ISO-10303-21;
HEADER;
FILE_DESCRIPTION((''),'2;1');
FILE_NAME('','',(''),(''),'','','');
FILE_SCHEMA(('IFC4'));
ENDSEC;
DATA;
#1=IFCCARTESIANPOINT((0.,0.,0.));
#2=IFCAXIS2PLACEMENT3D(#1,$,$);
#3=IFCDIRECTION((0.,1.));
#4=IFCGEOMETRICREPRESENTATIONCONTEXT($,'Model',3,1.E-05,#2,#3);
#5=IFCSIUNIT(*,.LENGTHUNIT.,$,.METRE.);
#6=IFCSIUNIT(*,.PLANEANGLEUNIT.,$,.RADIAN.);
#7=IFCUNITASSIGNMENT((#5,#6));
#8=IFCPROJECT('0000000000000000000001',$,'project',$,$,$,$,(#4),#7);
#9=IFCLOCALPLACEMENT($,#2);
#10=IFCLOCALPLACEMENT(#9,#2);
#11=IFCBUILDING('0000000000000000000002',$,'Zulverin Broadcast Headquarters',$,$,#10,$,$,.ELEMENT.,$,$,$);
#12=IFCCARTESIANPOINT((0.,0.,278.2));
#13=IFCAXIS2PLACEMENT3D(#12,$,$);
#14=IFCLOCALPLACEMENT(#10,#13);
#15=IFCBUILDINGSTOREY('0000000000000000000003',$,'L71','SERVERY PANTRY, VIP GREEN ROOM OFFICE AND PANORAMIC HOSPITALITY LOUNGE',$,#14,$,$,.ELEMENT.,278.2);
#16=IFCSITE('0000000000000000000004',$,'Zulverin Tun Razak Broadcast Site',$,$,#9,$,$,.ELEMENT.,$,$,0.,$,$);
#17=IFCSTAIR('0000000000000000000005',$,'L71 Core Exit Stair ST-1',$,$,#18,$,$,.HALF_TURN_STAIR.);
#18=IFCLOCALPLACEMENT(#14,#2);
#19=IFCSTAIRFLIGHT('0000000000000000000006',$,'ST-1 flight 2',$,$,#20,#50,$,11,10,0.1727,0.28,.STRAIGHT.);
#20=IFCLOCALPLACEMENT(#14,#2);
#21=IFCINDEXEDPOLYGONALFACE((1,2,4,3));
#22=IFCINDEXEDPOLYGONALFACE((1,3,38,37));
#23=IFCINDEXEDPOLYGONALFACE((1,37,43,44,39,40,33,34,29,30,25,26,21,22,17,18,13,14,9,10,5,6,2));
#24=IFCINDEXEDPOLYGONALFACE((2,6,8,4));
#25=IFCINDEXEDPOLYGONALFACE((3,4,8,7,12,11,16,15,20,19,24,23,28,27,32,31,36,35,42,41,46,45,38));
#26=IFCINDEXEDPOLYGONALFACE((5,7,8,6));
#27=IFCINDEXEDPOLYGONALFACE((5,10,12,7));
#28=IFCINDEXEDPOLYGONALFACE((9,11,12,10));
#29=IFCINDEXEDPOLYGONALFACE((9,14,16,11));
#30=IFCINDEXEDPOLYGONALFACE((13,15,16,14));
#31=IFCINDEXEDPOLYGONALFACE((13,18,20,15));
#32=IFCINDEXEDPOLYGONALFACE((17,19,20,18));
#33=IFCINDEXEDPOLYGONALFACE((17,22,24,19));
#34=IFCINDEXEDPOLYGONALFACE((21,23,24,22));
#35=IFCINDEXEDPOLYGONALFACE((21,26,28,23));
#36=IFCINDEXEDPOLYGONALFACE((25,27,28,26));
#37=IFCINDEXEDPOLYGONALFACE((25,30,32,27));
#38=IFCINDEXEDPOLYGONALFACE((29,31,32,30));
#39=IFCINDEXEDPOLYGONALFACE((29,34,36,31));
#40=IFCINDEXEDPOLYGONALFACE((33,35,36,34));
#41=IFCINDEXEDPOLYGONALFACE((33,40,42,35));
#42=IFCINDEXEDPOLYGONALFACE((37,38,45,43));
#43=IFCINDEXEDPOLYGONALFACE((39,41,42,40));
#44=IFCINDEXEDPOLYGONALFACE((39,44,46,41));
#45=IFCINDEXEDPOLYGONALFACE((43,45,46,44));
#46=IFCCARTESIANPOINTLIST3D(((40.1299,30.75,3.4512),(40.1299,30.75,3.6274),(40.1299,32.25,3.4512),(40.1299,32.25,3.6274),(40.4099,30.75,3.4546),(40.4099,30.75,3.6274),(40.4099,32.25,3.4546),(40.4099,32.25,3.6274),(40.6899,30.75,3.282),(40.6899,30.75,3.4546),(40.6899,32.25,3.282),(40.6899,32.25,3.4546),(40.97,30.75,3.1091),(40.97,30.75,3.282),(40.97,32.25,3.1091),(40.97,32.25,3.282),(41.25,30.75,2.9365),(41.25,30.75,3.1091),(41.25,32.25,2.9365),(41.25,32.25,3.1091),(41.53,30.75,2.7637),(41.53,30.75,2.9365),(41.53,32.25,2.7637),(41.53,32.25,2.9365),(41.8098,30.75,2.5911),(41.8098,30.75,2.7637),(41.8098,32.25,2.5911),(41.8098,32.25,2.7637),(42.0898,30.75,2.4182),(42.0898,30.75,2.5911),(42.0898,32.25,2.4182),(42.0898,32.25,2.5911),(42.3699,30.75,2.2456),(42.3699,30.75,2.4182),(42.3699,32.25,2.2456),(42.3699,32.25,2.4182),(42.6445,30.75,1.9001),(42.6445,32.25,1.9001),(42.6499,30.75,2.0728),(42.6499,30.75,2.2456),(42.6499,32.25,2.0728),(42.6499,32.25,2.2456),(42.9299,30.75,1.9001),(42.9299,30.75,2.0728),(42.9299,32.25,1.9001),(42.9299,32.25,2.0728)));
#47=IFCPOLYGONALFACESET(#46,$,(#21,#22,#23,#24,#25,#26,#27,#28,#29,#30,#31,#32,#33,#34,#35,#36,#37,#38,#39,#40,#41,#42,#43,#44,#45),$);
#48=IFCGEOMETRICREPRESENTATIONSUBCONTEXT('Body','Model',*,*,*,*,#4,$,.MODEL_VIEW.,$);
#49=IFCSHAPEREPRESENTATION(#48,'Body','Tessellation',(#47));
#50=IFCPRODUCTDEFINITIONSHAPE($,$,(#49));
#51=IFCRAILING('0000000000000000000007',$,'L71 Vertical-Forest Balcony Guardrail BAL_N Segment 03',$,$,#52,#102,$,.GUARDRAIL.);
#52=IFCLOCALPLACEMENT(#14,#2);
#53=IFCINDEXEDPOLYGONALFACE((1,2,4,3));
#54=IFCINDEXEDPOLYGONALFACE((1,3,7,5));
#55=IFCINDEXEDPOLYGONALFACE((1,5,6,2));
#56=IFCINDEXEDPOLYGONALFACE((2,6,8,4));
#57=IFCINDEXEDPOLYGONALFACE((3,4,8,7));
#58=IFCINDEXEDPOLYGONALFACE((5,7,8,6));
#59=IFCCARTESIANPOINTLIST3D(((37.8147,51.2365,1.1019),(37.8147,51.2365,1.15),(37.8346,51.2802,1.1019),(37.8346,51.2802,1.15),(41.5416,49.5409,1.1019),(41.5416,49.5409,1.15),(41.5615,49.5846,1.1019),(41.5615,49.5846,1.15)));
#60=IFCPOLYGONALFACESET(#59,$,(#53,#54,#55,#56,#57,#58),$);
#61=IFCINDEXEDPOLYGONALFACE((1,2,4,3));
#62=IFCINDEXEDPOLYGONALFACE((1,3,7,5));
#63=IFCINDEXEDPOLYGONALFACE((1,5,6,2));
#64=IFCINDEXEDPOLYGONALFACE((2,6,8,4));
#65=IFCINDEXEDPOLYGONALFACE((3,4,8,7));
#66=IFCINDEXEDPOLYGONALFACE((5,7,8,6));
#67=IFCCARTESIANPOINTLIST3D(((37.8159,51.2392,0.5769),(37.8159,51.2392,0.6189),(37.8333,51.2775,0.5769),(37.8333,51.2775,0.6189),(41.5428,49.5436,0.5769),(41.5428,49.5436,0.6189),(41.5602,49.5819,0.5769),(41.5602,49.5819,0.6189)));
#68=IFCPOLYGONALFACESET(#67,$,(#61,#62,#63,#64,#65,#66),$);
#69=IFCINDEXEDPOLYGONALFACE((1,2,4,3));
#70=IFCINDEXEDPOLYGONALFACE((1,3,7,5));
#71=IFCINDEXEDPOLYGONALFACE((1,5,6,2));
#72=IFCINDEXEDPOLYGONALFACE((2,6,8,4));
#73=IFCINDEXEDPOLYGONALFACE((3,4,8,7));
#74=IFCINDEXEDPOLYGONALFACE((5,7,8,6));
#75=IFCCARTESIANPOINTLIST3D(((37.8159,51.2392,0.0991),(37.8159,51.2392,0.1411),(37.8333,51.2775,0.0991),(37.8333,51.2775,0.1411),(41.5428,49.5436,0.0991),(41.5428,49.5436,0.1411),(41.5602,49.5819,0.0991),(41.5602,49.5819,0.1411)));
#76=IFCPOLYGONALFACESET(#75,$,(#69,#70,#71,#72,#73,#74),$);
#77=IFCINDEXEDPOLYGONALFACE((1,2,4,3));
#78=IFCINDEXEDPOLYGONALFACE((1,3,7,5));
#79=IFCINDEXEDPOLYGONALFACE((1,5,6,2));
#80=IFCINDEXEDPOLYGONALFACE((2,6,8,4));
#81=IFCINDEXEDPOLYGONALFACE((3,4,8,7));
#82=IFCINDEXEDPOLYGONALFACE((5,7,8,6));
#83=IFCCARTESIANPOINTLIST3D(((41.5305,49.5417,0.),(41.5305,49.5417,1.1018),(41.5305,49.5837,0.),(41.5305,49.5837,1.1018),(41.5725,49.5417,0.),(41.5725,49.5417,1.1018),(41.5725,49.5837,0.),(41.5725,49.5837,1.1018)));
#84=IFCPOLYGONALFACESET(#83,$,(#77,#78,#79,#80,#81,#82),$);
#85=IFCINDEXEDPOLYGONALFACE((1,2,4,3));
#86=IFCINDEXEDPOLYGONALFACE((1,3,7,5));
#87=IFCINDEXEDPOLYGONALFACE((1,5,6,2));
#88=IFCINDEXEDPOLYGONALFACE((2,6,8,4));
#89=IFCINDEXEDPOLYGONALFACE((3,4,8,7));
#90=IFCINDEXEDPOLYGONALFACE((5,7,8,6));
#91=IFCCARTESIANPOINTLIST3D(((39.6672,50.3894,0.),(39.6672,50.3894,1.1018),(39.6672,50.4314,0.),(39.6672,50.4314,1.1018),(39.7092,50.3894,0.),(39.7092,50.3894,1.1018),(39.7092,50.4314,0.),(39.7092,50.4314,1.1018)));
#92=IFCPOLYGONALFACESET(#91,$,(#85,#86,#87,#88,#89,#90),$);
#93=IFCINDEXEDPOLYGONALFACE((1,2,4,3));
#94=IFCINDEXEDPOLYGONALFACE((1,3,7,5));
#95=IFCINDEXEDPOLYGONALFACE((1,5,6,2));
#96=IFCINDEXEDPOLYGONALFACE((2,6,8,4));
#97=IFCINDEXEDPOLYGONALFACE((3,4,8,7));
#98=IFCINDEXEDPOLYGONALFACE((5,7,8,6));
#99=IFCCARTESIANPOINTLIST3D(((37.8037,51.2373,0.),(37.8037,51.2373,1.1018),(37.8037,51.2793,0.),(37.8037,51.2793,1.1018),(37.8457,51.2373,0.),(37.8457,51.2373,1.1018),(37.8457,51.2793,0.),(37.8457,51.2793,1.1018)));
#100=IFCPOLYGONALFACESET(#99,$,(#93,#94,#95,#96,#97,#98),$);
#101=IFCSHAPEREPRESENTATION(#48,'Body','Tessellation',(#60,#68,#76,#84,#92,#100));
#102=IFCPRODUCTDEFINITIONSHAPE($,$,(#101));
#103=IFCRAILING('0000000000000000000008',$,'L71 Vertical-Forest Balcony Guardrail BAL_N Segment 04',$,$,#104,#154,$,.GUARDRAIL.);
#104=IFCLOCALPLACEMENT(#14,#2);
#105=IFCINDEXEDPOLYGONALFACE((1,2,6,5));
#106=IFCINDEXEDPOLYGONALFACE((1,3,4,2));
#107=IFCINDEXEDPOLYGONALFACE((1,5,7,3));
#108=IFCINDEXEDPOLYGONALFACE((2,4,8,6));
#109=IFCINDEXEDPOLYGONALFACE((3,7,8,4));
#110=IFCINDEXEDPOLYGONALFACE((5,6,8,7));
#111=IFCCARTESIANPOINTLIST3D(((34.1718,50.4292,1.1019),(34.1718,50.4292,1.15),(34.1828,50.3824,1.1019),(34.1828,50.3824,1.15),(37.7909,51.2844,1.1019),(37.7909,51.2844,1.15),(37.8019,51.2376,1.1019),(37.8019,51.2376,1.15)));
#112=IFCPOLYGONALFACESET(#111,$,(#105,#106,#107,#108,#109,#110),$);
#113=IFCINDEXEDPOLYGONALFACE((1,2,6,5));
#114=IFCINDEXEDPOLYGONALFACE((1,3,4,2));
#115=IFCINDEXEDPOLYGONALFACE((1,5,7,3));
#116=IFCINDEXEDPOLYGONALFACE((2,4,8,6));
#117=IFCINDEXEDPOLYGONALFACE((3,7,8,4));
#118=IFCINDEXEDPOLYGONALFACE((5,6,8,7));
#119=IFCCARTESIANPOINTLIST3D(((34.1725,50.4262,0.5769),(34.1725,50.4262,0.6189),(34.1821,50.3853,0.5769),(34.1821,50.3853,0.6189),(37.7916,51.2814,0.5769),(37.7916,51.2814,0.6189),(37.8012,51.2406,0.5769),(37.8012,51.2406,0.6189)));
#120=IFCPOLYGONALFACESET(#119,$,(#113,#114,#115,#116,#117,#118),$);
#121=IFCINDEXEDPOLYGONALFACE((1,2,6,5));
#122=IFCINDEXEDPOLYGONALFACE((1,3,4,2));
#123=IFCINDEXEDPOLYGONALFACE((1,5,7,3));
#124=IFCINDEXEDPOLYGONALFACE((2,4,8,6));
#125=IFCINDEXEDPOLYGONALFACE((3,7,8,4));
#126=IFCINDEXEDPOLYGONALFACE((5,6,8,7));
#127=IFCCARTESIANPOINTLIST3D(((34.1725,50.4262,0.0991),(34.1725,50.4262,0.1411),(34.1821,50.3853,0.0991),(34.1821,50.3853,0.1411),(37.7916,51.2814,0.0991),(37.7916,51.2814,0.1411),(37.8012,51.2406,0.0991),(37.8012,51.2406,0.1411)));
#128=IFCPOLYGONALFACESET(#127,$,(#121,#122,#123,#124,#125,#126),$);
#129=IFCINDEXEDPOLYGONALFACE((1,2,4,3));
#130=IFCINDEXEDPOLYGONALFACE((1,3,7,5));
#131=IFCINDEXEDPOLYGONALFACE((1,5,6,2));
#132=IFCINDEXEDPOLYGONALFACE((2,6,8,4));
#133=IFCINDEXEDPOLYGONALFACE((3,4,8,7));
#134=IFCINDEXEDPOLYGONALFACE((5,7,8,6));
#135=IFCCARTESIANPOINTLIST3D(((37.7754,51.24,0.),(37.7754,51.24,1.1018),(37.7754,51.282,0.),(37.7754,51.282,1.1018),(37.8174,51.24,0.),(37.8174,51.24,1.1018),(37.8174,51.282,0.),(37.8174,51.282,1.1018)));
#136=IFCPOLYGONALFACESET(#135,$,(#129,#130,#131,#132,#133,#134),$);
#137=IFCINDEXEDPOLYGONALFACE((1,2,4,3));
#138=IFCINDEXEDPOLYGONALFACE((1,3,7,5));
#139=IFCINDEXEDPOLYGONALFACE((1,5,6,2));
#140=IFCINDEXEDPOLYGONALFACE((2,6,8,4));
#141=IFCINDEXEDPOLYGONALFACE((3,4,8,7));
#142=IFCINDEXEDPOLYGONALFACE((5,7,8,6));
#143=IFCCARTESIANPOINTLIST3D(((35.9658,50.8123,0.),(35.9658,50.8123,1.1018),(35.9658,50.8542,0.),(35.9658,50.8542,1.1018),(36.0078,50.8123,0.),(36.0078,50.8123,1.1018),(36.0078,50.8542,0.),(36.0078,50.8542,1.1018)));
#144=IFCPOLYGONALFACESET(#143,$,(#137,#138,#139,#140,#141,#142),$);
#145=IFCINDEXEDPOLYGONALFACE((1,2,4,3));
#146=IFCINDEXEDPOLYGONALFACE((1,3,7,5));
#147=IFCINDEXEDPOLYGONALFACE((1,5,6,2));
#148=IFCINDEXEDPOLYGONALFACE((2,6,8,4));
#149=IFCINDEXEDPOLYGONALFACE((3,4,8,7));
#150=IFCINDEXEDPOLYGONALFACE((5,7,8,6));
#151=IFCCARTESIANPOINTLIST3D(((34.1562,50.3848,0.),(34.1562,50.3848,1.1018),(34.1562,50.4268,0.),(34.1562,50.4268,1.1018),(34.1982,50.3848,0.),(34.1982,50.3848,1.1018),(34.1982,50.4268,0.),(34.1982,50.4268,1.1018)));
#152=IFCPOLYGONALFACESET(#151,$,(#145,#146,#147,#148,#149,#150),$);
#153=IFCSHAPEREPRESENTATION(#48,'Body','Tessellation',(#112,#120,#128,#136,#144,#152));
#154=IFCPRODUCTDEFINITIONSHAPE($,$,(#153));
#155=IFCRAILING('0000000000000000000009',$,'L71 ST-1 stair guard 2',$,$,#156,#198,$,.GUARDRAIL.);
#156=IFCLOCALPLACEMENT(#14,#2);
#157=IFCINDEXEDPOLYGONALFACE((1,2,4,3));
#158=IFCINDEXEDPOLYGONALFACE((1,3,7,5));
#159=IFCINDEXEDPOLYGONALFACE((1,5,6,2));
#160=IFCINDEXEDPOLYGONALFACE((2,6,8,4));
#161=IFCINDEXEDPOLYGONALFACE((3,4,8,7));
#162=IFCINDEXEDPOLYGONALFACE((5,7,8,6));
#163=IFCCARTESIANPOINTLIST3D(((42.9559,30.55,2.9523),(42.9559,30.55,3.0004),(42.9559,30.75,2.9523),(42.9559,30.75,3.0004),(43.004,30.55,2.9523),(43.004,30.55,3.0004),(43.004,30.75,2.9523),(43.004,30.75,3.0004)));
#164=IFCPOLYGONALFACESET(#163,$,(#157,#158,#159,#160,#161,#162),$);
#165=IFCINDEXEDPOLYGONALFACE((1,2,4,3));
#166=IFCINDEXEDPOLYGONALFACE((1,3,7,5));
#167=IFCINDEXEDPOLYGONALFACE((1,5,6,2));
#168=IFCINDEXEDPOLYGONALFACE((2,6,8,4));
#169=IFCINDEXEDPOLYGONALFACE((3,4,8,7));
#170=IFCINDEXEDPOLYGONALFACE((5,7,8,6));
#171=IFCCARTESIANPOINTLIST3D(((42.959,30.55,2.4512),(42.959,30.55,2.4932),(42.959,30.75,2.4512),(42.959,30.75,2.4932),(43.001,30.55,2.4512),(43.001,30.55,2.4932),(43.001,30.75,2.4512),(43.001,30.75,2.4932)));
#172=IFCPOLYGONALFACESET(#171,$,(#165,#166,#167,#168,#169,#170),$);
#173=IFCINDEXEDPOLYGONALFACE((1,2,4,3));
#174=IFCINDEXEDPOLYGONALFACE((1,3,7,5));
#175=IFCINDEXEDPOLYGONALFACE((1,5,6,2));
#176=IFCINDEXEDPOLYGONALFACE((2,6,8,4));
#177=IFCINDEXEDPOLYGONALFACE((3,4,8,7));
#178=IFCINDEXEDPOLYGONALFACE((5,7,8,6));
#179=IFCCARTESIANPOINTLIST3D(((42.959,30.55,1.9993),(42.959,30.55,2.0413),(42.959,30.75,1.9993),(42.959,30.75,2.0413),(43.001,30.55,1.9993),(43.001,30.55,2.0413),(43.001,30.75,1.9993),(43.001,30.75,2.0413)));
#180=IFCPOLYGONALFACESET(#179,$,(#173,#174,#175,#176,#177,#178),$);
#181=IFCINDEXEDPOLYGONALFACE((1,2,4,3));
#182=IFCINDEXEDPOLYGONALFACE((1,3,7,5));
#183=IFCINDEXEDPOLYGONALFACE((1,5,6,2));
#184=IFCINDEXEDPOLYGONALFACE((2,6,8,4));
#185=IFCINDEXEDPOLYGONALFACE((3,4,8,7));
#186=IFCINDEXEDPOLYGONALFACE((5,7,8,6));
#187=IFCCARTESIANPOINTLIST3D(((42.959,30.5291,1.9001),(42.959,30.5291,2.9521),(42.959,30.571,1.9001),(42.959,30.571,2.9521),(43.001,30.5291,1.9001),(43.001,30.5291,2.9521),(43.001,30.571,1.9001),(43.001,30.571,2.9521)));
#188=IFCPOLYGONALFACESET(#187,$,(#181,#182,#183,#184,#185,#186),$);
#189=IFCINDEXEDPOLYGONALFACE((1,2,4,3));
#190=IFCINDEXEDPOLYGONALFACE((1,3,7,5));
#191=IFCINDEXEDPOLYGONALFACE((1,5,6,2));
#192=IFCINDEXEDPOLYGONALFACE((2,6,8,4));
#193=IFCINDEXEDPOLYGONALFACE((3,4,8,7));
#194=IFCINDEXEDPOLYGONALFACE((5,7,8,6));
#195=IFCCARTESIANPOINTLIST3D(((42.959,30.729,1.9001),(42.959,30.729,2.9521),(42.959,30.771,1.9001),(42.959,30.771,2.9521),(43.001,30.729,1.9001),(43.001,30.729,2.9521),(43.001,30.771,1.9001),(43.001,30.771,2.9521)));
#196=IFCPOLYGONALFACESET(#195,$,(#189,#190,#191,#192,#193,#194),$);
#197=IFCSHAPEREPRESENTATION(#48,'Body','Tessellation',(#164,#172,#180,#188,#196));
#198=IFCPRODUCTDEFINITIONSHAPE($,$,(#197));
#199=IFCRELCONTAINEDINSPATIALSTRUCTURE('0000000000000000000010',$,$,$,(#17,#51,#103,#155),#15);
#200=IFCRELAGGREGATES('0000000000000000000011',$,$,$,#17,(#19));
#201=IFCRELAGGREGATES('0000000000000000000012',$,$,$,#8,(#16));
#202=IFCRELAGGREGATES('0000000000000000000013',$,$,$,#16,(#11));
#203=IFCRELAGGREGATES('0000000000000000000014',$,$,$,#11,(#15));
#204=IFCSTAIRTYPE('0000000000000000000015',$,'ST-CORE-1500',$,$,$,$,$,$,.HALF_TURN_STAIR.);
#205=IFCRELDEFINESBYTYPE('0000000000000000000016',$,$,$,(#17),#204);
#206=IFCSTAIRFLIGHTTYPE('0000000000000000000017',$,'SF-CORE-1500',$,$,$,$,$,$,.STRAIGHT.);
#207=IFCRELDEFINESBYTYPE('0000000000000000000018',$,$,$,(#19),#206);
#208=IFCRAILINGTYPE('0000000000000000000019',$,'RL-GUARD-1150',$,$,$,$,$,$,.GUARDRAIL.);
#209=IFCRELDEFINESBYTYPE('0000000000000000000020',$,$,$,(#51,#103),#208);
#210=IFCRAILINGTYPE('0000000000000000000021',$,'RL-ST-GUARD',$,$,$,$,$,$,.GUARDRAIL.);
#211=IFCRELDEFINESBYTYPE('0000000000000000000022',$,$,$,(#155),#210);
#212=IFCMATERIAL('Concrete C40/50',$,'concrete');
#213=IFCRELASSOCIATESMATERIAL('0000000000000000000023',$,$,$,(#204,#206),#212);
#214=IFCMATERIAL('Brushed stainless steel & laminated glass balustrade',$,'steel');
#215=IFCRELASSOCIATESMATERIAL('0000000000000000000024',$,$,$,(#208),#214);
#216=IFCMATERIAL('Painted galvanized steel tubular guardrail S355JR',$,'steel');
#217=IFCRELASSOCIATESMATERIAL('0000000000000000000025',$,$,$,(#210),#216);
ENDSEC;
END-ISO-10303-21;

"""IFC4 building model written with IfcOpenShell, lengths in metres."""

from ifc_helpers import new_model, si_unit, direction, frame, origin, origin_2d, place, context, subcontext, project, spatial, polyline, rectangle, outline, extrude, material, type_object, element, aggregate, save


model = new_model("IFC4")

# Units and contexts
model_context = context("Model", 3, precision=1e-05, world=origin(), true_north=direction((0.0, 1.0)))
body_context = subcontext(model_context, "Body", "Model", "MODEL_VIEW")
ifc_project = project(units=[si_unit("LENGTHUNIT", "METRE"), si_unit("PLANEANGLEUNIT", "RADIAN")], contexts=[model_context])

# Site, building, storey
site_placement = place(None, origin())
site = spatial("IfcSite", under=ifc_project, at=site_placement, Name="Zulverin Tun Razak Broadcast Site", CompositionType="ELEMENT", RefElevation=0.0)
building_placement = place(site_placement, origin())
building = spatial("IfcBuilding", under=site, at=building_placement, Name="Zulverin Broadcast Headquarters", CompositionType="ELEMENT")
storey_placement = place(building_placement, frame((0.0, 0.0, 278.2)))
storey = spatial("IfcBuildingStorey", under=building, at=storey_placement, Name="L71", Description="SERVERY PANTRY, VIP GREEN ROOM OFFICE AND PANORAMIC HOSPITALITY LOUNGE", CompositionType="ELEMENT", Elevation=278.2)

# Shared definitions
ifc_material_1 = material(Name="Concrete C40/50", Category="concrete")

# Stair, stair flight
stair_type = type_object("IfcStairType", Name="ST-CORE-1500", PredefinedType="HALF_TURN_STAIR", material=ifc_material_1)
stair_placement = place(storey_placement, origin())
stair = element("IfcStair", 1, at=stair_placement, inside=storey, type_object=stair_type, Name="L71 Core Exit Stair ST-1", PredefinedType="HALF_TURN_STAIR")
stair_flight_type = type_object("IfcStairFlightType", Name="SF-CORE-1500", PredefinedType="STRAIGHT", material=ifc_material_1)
stair_flight_placement = place(storey_placement, frame((42.9299, 31.5, 1.9001), z_axis=(0.0, 0.0, 1.0), x_axis=(-1.0, 0.0, 0.0)))
stair_flight = element("IfcStairFlight", 2, at=stair_flight_placement, type_object=stair_flight_type, Name="ST-1 flight 2", NumberOfRisers=11, NumberOfTreads=10, PredefinedType="STRAIGHT", RiserHeight=0.1727, TreadLength=0.28, context=body_context, shape_type="SweptSolid", body=[
    extrude(outline(polyline([(0.0, 0.0), (0.0, 0.1726), (0.28, 0.1726), (0.28, 0.3455), (0.5601, 0.3455), (0.5601, 0.5181), (0.8401, 0.5181), (0.8401, 0.6909), (1.1201, 0.6909), (1.1201, 0.8635), (1.3999, 0.8635), (1.3999, 1.0364), (1.6799, 1.0364), (1.6799, 1.209), (1.96, 1.209), (1.96, 1.3818), (2.24, 1.3818), (2.24, 1.5544), (2.52, 1.5544), (2.52, 1.7273), (2.8, 1.7273), (2.8, 1.8999), (2.8, 1.551), (0.2854, 0.0), (0.0, 0.0)])), frame((0.0, 0.75, 0.0), z_axis=(0.0, -1.0, 0.0), x_axis=(1.0, 0.0, 0.0)), (0.0, 0.0, 1.0), 1.5),
])
aggregate(stair, [stair_flight])

# Railings
ifc_material_2 = material(Name="Brushed stainless steel & laminated glass balustrade", Category="steel")
railing_type_1 = type_object("IfcRailingType", Name="RL-GUARD-1150", PredefinedType="GUARDRAIL", material=ifc_material_2)
railing_1_placement = place(storey_placement, frame((41.5515, 49.5627, 0.0)))
element("IfcRailing", 3, at=railing_1_placement, inside=storey, type_object=railing_type_1, Name="L71 Vertical-Forest Balcony Guardrail BAL_N Segment 03", PredefinedType="GUARDRAIL", context=body_context, shape_type="SweptSolid", body=[
    extrude(rectangle(XDim=0.0481, YDim=0.0481, at=origin_2d()), frame((0.0, 0.0, 1.126), z_axis=(-0.910223, 0.414117, 0.0), x_axis=(-0.414117, -0.910223, 0.0)), (0.0, 0.0, 1.0), 4.0945),
    extrude(rectangle(XDim=0.042, YDim=0.042, at=origin_2d()), frame((0.0, 0.0, 0.5979), z_axis=(-0.910223, 0.414117, 0.0), x_axis=(-0.414117, -0.910223, 0.0)), (0.0, 0.0, 1.0), 4.0945),
    extrude(rectangle(XDim=0.042, YDim=0.042, at=origin_2d()), frame((0.0, 0.0, 0.1201), z_axis=(-0.910223, 0.414117, 0.0), x_axis=(-0.414117, -0.910223, 0.0)), (0.0, 0.0, 1.0), 4.0945),
    extrude(rectangle(XDim=0.042, YDim=0.042, at=origin_2d()), origin(), (0.0, 0.0, 1.0), 1.1018),
    extrude(rectangle(XDim=0.042, YDim=0.042, at=origin_2d()), frame((-1.8633, 0.8477, 0.0)), (0.0, 0.0, 1.0), 1.1018),
    extrude(rectangle(XDim=0.042, YDim=0.042, at=origin_2d()), frame((-3.7268, 1.6956, 0.0)), (0.0, 0.0, 1.0), 1.1018),
])
railing_2_placement = place(storey_placement, frame((37.7964, 51.261, 0.0)))
element("IfcRailing", 4, at=railing_2_placement, inside=storey, type_object=railing_type_1, Name="L71 Vertical-Forest Balcony Guardrail BAL_N Segment 04", PredefinedType="GUARDRAIL", context=body_context, shape_type="SweptSolid", body=[
    extrude(rectangle(XDim=0.0481, YDim=0.0481, at=origin_2d()), frame((0.0, 0.0, 1.126), z_axis=(-0.973197, -0.229972, 0.0), x_axis=(0.229972, -0.973197, 0.0)), (0.0, 0.0, 1.0), 3.7188),
    extrude(rectangle(XDim=0.042, YDim=0.042, at=origin_2d()), frame((0.0, 0.0, 0.5979), z_axis=(-0.973197, -0.229972, 0.0), x_axis=(0.229972, -0.973197, 0.0)), (0.0, 0.0, 1.0), 3.7188),
    extrude(rectangle(XDim=0.042, YDim=0.042, at=origin_2d()), frame((0.0, 0.0, 0.1201), z_axis=(-0.973197, -0.229972, 0.0), x_axis=(0.229972, -0.973197, 0.0)), (0.0, 0.0, 1.0), 3.7188),
    extrude(rectangle(XDim=0.042, YDim=0.042, at=origin_2d()), origin(), (0.0, 0.0, 1.0), 1.1018),
    extrude(rectangle(XDim=0.042, YDim=0.042, at=origin_2d()), frame((-1.8096, -0.4277, 0.0)), (0.0, 0.0, 1.0), 1.1018),
    extrude(rectangle(XDim=0.042, YDim=0.042, at=origin_2d()), frame((-3.6191, -0.8552, 0.0)), (0.0, 0.0, 1.0), 1.1018),
])
ifc_material_3 = material(Name="Painted galvanized steel tubular guardrail S355JR", Category="steel")
railing_type_2 = type_object("IfcRailingType", Name="RL-ST-GUARD", PredefinedType="GUARDRAIL", material=ifc_material_3)
railing_3_placement = place(storey_placement, frame((42.98, 30.55, 1.9001)))
element("IfcRailing", 5, at=railing_3_placement, inside=storey, type_object=railing_type_2, Name="L71 ST-1 stair guard 2", PredefinedType="GUARDRAIL", context=body_context, shape_type="SweptSolid", body=[
    extrude(rectangle(XDim=0.0481, YDim=0.0481, at=origin_2d()), frame((0.0, 0.0, 1.0762), z_axis=(0.0, 1.0, 0.0), x_axis=(-1.0, 0.0, 0.0)), (0.0, 0.0, 1.0), 0.2),
    extrude(rectangle(XDim=0.042, YDim=0.042, at=origin_2d()), frame((0.0, 0.0, 0.572), z_axis=(0.0, 1.0, 0.0), x_axis=(-1.0, 0.0, 0.0)), (0.0, 0.0, 1.0), 0.2),
    extrude(rectangle(XDim=0.042, YDim=0.042, at=origin_2d()), frame((0.0, 0.0, 0.1201), z_axis=(0.0, 1.0, 0.0), x_axis=(-1.0, 0.0, 0.0)), (0.0, 0.0, 1.0), 0.2),
    extrude(rectangle(XDim=0.042, YDim=0.042, at=origin_2d()), origin(), (0.0, 0.0, 1.0), 1.052),
    extrude(rectangle(XDim=0.042, YDim=0.042, at=origin_2d()), frame((0.0, 0.2, 0.0)), (0.0, 0.0, 1.0), 1.052),
])

save(model, "model.ifc")
